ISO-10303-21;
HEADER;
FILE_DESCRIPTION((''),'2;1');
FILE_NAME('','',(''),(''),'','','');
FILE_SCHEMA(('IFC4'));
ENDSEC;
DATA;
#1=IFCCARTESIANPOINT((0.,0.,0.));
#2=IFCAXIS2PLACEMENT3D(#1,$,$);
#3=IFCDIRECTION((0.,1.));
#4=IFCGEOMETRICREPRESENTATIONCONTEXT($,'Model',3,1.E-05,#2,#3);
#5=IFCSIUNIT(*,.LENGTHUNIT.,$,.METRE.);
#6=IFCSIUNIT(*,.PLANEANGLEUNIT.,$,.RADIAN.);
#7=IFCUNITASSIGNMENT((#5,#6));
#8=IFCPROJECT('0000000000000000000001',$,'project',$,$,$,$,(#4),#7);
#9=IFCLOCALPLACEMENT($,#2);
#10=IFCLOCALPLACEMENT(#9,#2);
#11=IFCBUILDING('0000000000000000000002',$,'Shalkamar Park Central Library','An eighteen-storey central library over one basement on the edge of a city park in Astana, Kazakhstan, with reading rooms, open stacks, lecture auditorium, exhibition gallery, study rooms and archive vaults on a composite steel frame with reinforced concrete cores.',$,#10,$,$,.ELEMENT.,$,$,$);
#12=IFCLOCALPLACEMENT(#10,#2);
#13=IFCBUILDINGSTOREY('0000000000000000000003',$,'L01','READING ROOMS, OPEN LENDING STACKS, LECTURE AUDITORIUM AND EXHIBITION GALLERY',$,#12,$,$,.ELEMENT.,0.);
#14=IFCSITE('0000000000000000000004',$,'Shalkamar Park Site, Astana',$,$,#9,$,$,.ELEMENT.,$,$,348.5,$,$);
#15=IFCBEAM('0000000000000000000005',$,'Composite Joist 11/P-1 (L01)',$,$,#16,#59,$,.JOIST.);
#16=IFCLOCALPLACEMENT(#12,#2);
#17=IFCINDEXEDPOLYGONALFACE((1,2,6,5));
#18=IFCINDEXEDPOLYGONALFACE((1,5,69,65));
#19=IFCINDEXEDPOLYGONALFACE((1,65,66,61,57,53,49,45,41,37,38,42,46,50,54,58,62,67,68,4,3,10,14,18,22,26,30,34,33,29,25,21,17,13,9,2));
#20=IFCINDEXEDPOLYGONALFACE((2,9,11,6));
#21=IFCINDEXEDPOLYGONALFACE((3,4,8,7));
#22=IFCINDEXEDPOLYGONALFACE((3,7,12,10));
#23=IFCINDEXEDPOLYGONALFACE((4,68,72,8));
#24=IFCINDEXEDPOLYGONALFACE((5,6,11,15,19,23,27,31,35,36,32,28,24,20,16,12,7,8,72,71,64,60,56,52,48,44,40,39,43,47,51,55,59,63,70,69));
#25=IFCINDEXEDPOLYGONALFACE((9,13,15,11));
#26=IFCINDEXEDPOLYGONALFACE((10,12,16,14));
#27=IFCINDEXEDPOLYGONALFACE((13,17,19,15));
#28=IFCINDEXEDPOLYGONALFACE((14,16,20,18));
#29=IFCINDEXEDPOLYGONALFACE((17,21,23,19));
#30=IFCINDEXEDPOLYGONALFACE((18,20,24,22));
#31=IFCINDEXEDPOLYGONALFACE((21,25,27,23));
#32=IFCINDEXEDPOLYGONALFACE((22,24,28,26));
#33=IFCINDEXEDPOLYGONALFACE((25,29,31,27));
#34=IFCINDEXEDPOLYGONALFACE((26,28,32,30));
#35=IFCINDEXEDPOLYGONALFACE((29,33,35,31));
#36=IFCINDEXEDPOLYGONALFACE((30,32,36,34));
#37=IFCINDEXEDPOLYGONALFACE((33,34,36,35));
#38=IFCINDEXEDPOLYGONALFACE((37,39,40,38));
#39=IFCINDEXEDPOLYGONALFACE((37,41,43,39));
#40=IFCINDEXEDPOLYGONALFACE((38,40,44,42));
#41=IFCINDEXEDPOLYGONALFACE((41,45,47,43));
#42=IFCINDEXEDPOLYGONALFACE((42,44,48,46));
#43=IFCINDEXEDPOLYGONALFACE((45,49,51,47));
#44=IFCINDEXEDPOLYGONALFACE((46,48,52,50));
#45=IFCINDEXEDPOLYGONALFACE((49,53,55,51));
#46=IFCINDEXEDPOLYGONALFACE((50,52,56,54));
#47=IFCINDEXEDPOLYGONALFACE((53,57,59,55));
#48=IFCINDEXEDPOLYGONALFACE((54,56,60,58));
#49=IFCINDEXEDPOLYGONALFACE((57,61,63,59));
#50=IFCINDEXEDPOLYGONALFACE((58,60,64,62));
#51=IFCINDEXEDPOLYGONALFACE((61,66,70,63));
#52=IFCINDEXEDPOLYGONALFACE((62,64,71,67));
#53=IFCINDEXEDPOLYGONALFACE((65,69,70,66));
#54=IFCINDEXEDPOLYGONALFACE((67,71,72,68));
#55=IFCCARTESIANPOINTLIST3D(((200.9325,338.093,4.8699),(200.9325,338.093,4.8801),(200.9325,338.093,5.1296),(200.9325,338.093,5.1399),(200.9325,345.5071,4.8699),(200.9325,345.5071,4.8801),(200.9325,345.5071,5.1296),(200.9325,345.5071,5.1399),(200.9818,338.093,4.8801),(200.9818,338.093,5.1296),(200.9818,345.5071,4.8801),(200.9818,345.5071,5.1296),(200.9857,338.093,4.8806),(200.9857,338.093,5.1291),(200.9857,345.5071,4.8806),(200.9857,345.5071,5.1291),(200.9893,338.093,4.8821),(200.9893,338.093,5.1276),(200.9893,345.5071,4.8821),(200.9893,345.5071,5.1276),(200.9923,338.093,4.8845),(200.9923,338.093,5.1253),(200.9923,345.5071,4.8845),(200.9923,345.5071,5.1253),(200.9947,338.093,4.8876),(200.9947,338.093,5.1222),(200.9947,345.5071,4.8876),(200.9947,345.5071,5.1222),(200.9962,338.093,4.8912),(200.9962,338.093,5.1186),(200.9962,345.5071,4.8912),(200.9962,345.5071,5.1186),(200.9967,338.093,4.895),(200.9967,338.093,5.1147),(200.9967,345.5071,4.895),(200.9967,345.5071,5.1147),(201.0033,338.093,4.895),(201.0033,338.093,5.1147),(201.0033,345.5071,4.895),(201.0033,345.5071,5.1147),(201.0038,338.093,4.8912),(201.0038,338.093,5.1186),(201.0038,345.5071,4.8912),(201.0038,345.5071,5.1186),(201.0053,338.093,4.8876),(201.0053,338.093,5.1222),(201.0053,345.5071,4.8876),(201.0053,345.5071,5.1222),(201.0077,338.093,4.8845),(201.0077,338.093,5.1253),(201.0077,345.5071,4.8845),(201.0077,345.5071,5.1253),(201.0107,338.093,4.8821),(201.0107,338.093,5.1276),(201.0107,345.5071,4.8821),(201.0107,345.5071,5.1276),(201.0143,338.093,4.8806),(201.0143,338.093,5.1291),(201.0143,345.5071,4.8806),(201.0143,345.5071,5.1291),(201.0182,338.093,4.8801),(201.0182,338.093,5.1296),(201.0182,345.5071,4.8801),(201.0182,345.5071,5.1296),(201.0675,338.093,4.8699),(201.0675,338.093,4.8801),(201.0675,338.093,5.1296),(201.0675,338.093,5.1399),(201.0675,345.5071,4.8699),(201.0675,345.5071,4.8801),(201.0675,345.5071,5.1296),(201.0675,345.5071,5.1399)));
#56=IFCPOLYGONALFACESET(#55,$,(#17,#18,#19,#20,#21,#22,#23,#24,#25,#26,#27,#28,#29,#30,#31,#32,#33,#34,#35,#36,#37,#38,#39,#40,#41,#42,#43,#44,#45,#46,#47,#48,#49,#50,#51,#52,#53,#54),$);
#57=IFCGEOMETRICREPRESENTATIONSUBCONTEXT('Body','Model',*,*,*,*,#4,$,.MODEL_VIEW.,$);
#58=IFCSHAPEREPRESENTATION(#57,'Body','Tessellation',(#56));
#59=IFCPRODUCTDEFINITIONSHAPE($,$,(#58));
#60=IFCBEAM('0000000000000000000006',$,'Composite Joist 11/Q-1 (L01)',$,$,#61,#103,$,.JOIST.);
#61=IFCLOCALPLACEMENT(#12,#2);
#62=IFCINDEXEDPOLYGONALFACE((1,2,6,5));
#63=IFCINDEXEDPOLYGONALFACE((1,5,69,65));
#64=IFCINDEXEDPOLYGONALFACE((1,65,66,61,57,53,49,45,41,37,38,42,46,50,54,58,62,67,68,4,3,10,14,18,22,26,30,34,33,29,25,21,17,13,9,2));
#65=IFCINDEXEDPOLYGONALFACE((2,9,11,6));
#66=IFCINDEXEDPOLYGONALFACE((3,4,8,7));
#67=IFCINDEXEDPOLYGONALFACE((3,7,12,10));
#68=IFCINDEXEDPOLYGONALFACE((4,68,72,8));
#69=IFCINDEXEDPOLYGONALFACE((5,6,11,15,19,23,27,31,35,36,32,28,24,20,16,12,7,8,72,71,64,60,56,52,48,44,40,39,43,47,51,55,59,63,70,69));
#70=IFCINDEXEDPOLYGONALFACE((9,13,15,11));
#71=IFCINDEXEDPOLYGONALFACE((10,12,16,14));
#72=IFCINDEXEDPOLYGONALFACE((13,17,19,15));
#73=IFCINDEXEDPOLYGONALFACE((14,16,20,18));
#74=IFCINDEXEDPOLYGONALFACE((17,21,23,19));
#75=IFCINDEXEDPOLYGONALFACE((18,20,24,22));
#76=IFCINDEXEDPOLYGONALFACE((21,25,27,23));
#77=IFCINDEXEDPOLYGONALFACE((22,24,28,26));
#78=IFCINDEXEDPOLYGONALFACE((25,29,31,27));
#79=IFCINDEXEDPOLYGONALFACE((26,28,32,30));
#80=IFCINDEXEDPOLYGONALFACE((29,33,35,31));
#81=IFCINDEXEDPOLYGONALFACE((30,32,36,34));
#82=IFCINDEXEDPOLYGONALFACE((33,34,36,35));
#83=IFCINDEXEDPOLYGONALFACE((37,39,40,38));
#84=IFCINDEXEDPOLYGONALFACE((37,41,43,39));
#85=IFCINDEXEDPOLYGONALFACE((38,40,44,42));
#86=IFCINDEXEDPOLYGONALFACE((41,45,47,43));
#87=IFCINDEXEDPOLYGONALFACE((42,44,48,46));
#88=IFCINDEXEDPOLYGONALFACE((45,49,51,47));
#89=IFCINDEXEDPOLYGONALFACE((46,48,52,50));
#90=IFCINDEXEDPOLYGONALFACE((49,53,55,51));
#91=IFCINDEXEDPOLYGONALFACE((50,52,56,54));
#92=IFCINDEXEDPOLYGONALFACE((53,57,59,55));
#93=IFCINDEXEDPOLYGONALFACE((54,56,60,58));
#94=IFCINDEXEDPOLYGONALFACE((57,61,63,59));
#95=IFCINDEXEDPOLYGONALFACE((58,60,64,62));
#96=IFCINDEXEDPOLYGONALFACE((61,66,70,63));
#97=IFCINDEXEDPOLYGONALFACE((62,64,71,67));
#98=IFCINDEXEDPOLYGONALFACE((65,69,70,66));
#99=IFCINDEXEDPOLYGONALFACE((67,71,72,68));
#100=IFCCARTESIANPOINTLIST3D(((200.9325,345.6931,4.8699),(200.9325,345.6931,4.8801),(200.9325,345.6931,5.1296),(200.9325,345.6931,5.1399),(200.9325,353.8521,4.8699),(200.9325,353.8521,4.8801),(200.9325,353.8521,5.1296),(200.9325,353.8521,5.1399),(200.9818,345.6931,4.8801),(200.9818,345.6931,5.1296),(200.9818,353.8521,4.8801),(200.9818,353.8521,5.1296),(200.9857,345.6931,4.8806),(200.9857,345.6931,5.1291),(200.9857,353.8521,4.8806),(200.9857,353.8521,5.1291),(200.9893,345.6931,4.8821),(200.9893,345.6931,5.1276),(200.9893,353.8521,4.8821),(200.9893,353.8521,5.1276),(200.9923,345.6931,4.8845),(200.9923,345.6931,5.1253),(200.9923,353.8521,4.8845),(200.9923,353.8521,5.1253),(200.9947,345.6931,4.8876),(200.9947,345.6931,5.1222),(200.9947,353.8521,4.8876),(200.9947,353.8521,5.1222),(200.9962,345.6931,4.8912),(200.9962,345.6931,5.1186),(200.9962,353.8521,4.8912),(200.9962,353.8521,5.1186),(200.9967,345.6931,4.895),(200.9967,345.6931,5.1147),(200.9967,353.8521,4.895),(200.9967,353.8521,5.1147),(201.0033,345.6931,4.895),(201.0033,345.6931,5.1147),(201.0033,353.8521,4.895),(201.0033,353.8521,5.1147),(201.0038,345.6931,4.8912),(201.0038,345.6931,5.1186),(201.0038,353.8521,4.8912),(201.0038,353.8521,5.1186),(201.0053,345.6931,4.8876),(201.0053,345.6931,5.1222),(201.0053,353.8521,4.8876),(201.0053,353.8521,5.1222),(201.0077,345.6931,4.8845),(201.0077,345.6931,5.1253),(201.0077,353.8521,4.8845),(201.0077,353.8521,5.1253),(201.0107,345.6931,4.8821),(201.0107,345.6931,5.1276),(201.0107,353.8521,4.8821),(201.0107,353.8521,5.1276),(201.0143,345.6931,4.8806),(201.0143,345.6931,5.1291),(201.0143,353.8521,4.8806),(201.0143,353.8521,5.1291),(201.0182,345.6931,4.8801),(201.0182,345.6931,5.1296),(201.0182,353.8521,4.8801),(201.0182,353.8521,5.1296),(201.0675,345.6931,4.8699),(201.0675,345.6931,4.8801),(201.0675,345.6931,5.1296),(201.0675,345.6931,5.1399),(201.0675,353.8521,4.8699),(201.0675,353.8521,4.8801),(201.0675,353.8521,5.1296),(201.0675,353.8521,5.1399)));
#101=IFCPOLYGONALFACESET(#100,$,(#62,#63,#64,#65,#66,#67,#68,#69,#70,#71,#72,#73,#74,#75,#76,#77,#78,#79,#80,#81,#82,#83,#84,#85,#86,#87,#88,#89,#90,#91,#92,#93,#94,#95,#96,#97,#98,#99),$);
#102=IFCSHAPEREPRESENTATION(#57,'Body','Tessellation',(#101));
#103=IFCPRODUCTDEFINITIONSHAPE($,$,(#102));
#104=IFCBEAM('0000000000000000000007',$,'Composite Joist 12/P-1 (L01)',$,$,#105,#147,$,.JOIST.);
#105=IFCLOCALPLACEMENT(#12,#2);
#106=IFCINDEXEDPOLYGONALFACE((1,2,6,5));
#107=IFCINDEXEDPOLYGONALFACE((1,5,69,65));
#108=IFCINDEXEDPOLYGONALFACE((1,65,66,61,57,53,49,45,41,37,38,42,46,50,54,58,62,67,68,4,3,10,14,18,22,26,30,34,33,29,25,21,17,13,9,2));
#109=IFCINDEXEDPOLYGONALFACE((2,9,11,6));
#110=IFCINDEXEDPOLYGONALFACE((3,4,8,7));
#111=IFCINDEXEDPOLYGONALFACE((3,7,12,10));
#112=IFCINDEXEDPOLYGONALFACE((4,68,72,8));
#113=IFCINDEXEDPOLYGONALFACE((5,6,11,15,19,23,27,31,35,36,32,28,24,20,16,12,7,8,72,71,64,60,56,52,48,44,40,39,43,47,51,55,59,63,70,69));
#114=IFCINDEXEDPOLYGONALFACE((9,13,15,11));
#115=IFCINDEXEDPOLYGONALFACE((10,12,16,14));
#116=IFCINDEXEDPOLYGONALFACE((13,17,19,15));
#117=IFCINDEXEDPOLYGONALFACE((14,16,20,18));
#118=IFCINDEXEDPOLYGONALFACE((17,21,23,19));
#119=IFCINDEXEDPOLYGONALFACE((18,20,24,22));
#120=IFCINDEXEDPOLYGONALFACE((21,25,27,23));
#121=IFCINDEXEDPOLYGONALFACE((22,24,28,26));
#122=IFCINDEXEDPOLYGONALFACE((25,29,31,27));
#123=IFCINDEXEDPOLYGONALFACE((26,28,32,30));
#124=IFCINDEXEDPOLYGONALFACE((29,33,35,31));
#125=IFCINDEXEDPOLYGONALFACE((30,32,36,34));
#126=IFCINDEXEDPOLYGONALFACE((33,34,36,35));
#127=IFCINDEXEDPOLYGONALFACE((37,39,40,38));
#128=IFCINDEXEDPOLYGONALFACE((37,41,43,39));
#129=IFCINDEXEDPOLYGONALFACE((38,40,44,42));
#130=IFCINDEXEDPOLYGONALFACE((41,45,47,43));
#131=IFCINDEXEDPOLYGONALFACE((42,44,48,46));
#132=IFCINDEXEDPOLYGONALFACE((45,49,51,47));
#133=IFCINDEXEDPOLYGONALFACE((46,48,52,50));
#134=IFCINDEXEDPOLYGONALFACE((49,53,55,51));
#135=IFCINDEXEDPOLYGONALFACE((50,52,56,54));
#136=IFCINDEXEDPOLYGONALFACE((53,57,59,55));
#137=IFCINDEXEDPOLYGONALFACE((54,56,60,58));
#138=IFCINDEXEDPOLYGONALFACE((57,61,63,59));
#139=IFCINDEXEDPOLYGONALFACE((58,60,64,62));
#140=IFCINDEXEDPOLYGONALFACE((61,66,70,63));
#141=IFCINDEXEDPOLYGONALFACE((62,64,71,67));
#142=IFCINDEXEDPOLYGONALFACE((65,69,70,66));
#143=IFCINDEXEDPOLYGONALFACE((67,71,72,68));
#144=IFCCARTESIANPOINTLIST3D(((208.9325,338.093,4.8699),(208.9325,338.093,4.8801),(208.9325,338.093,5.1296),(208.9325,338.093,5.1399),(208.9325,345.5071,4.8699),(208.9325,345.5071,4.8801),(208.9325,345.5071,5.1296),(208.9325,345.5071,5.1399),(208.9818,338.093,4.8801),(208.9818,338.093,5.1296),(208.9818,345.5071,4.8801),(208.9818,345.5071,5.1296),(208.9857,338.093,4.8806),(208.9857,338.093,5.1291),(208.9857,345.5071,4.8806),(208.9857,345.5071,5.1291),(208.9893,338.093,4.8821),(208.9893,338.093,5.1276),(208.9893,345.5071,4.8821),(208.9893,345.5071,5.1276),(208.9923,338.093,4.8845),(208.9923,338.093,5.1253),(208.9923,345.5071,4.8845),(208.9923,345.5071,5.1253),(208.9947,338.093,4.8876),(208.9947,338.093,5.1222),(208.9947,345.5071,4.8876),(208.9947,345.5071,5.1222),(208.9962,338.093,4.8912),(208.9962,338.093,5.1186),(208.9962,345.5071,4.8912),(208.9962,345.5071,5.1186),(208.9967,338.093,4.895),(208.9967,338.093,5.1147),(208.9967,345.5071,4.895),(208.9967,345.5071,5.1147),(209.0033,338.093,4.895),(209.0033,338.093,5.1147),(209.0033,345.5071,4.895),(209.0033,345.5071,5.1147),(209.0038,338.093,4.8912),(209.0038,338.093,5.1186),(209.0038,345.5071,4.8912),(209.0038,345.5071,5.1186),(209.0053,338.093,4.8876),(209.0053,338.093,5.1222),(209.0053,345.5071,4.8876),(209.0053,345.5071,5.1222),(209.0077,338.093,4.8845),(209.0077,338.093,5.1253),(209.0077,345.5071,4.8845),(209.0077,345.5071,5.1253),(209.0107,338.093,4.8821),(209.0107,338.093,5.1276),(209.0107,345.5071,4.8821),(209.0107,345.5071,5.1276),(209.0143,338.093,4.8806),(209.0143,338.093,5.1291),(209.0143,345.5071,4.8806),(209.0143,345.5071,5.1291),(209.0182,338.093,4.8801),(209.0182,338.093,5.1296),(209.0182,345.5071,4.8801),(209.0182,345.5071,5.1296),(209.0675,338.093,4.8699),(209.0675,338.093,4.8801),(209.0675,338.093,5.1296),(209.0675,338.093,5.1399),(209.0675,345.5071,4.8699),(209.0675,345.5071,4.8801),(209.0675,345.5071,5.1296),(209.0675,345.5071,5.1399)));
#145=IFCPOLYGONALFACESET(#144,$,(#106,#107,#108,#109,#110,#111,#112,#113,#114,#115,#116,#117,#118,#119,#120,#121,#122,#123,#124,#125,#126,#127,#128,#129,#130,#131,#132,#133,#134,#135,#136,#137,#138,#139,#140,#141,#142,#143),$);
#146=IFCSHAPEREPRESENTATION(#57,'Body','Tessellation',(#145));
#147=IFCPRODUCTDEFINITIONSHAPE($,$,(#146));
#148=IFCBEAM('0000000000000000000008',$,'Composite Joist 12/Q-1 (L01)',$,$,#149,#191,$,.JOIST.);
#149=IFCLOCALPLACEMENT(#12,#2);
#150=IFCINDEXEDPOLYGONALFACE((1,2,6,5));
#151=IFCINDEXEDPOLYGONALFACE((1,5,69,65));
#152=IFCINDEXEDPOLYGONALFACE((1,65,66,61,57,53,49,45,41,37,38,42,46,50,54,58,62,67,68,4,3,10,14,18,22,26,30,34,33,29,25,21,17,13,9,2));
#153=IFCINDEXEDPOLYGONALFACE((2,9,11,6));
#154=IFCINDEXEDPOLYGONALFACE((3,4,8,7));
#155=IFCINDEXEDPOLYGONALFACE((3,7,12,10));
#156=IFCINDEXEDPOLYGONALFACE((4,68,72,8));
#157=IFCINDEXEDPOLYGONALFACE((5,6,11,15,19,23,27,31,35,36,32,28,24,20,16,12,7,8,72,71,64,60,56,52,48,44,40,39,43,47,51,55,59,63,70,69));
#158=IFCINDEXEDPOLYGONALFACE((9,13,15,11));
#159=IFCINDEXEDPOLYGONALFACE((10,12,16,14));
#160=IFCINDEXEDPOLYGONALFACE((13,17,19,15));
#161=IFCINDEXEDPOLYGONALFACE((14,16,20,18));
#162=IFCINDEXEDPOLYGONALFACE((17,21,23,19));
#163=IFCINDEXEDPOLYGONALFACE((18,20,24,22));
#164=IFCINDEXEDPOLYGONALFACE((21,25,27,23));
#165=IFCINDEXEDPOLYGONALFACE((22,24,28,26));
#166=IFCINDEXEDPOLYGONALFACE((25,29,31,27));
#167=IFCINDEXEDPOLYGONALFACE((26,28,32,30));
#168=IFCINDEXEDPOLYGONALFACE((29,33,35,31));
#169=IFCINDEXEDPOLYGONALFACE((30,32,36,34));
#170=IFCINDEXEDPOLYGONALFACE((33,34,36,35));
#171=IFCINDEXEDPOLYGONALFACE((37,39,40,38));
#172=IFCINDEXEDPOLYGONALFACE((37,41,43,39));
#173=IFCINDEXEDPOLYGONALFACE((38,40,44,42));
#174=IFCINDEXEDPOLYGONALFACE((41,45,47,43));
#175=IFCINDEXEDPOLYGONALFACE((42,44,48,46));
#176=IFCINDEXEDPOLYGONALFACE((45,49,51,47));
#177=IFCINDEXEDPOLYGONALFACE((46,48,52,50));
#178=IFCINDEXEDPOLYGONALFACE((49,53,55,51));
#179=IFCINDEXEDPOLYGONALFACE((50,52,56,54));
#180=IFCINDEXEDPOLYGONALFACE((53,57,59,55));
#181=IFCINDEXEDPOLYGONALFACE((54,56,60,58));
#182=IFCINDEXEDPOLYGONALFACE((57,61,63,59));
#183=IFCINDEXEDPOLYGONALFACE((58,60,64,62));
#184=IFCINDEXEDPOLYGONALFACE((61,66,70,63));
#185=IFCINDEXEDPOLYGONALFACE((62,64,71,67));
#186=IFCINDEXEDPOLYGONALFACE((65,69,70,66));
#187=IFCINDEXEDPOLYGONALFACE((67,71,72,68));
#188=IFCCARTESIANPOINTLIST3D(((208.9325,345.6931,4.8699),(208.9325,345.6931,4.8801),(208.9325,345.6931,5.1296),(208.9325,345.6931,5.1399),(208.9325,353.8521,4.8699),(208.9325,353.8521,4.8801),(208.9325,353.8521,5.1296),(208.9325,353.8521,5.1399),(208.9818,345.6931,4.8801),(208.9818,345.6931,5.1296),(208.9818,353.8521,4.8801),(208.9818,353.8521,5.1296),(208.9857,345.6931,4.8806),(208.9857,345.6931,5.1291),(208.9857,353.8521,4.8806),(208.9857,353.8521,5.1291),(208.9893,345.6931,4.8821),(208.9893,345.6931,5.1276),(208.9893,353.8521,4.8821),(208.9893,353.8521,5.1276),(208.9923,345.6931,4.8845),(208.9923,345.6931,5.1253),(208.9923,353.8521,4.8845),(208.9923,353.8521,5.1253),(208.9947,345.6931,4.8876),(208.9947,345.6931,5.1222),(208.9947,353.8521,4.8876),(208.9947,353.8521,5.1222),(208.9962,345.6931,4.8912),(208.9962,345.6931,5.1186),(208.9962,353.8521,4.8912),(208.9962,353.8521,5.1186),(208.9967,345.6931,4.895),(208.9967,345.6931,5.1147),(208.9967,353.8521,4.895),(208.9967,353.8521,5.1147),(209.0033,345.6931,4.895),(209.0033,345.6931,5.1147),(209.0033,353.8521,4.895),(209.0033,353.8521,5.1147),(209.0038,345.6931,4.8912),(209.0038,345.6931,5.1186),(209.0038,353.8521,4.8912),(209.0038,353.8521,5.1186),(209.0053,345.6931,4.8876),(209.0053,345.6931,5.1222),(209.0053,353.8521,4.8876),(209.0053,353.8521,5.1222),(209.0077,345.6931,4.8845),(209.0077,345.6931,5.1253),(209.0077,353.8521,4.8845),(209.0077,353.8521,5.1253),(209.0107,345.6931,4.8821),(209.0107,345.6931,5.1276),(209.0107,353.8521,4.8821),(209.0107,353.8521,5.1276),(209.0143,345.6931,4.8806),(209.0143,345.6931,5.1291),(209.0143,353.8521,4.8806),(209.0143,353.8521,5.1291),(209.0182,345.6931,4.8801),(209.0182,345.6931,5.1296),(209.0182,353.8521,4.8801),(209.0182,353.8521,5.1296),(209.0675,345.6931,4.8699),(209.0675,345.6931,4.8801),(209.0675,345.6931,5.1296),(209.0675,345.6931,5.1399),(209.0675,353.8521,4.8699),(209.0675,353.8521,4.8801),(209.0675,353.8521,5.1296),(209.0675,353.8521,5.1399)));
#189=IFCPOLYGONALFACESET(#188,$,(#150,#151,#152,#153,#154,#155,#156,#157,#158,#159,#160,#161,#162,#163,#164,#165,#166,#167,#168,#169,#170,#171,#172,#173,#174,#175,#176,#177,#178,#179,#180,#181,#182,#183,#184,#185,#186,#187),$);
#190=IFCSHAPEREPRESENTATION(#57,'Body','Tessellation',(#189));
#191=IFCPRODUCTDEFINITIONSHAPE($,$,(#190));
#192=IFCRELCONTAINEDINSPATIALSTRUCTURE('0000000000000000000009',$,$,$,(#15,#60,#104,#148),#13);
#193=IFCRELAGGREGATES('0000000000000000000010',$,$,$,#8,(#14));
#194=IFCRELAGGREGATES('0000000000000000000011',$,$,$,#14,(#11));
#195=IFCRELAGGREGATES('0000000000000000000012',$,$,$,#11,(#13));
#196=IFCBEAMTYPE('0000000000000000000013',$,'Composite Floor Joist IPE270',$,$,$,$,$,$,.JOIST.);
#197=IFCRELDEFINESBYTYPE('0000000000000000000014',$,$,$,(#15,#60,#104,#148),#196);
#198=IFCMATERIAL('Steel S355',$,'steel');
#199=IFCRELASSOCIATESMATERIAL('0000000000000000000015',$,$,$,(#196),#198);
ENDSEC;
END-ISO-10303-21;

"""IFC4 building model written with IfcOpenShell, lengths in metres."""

from ifc_helpers import new_model, si_unit, direction, frame, origin, origin_2d, place, context, subcontext, project, spatial, i_section, extrude, material, material_profile, profile_set, type_object, element, save


model = new_model("IFC4")

# Units and contexts
model_context = context("Model", 3, precision=1e-05, world=origin(), true_north=direction((0.0, 1.0)))
body_context = subcontext(model_context, "Body", "Model", "MODEL_VIEW")
ifc_project = project(units=[si_unit("LENGTHUNIT", "METRE"), si_unit("PLANEANGLEUNIT", "RADIAN")], contexts=[model_context])

# Site, building, storey
site_placement = place(None, origin())
site = spatial("IfcSite", under=ifc_project, at=site_placement, Name="Shalkamar Park Site, Astana", CompositionType="ELEMENT", RefElevation=348.5)
building_placement = place(site_placement, origin())
building = spatial("IfcBuilding", under=site, at=building_placement, Name="Shalkamar Park Central Library", Description="An eighteen-storey central library over one basement on the edge of a city park in Astana, Kazakhstan, with reading rooms, open stacks, lecture auditorium, exhibition gallery, study rooms and archive vaults on a composite steel frame with reinforced concrete cores.", CompositionType="ELEMENT")
storey_placement = place(building_placement, origin())
storey = spatial("IfcBuildingStorey", under=building, at=storey_placement, Name="L01", Description="READING ROOMS, OPEN LENDING STACKS, LECTURE AUDITORIUM AND EXHIBITION GALLERY", CompositionType="ELEMENT", Elevation=0.0)

# Shared definitions
ifc_material_1 = material(Name="Steel S355", Category="steel")

# Beams
ifc_material_profile_1 = material_profile(ifc_material_1, i_section(OverallWidth=0.135, OverallDepth=0.27, WebThickness=0.0066, FlangeThickness=0.0103, FilletRadius=0.0149, at=origin_2d()), Name="IPE 270")
ifc_profile_set_1 = profile_set([ifc_material_profile_1], Name="Steel S355")
beam_type_1 = type_object("IfcBeamType", Name="Composite Floor Joist IPE270", PredefinedType="JOIST", material=ifc_profile_set_1)
beam_1_placement = place(storey_placement, frame((201.0, 338.093, 5.0049), z_axis=(0.0, 1.0, 0.0), x_axis=(-1.0, 0.0, 0.0)))
element("IfcBeam", 1, at=beam_1_placement, inside=storey, type_object=beam_type_1, Name="Composite Joist 11/P-1 (L01)", PredefinedType="JOIST", context=body_context, shape_type="SweptSolid", body=[
    extrude(i_section(OverallWidth=0.135, OverallDepth=0.27, WebThickness=0.0066, FlangeThickness=0.0103, FilletRadius=0.0149, at=origin_2d()), origin(), (0.0, 0.0, 1.0), 7.4141),
])
beam_2_placement = place(storey_placement, frame((201.0, 345.6931, 5.0049), z_axis=(0.0, 1.0, 0.0), x_axis=(-1.0, 0.0, 0.0)))
element("IfcBeam", 2, at=beam_2_placement, inside=storey, type_object=beam_type_1, Name="Composite Joist 11/Q-1 (L01)", PredefinedType="JOIST", context=body_context, shape_type="SweptSolid", body=[
    extrude(i_section(OverallWidth=0.135, OverallDepth=0.27, WebThickness=0.0066, FlangeThickness=0.0103, FilletRadius=0.0149, at=origin_2d()), origin(), (0.0, 0.0, 1.0), 8.1589),
])
beam_3_placement = place(storey_placement, frame((209.0, 338.093, 5.0049), z_axis=(0.0, 1.0, 0.0), x_axis=(-1.0, 0.0, 0.0)))
element("IfcBeam", 3, at=beam_3_placement, inside=storey, type_object=beam_type_1, Name="Composite Joist 12/P-1 (L01)", PredefinedType="JOIST", context=body_context, shape_type="SweptSolid", body=[
    extrude(i_section(OverallWidth=0.135, OverallDepth=0.27, WebThickness=0.0066, FlangeThickness=0.0103, FilletRadius=0.0149, at=origin_2d()), origin(), (0.0, 0.0, 1.0), 7.4141),
])
beam_4_placement = place(storey_placement, frame((209.0, 345.6931, 5.0049), z_axis=(0.0, 1.0, 0.0), x_axis=(-1.0, 0.0, 0.0)))
element("IfcBeam", 4, at=beam_4_placement, inside=storey, type_object=beam_type_1, Name="Composite Joist 12/Q-1 (L01)", PredefinedType="JOIST", context=body_context, shape_type="SweptSolid", body=[
    extrude(i_section(OverallWidth=0.135, OverallDepth=0.27, WebThickness=0.0066, FlangeThickness=0.0103, FilletRadius=0.0149, at=origin_2d()), origin(), (0.0, 0.0, 1.0), 8.1589),
])

save(model, "model.ifc")
